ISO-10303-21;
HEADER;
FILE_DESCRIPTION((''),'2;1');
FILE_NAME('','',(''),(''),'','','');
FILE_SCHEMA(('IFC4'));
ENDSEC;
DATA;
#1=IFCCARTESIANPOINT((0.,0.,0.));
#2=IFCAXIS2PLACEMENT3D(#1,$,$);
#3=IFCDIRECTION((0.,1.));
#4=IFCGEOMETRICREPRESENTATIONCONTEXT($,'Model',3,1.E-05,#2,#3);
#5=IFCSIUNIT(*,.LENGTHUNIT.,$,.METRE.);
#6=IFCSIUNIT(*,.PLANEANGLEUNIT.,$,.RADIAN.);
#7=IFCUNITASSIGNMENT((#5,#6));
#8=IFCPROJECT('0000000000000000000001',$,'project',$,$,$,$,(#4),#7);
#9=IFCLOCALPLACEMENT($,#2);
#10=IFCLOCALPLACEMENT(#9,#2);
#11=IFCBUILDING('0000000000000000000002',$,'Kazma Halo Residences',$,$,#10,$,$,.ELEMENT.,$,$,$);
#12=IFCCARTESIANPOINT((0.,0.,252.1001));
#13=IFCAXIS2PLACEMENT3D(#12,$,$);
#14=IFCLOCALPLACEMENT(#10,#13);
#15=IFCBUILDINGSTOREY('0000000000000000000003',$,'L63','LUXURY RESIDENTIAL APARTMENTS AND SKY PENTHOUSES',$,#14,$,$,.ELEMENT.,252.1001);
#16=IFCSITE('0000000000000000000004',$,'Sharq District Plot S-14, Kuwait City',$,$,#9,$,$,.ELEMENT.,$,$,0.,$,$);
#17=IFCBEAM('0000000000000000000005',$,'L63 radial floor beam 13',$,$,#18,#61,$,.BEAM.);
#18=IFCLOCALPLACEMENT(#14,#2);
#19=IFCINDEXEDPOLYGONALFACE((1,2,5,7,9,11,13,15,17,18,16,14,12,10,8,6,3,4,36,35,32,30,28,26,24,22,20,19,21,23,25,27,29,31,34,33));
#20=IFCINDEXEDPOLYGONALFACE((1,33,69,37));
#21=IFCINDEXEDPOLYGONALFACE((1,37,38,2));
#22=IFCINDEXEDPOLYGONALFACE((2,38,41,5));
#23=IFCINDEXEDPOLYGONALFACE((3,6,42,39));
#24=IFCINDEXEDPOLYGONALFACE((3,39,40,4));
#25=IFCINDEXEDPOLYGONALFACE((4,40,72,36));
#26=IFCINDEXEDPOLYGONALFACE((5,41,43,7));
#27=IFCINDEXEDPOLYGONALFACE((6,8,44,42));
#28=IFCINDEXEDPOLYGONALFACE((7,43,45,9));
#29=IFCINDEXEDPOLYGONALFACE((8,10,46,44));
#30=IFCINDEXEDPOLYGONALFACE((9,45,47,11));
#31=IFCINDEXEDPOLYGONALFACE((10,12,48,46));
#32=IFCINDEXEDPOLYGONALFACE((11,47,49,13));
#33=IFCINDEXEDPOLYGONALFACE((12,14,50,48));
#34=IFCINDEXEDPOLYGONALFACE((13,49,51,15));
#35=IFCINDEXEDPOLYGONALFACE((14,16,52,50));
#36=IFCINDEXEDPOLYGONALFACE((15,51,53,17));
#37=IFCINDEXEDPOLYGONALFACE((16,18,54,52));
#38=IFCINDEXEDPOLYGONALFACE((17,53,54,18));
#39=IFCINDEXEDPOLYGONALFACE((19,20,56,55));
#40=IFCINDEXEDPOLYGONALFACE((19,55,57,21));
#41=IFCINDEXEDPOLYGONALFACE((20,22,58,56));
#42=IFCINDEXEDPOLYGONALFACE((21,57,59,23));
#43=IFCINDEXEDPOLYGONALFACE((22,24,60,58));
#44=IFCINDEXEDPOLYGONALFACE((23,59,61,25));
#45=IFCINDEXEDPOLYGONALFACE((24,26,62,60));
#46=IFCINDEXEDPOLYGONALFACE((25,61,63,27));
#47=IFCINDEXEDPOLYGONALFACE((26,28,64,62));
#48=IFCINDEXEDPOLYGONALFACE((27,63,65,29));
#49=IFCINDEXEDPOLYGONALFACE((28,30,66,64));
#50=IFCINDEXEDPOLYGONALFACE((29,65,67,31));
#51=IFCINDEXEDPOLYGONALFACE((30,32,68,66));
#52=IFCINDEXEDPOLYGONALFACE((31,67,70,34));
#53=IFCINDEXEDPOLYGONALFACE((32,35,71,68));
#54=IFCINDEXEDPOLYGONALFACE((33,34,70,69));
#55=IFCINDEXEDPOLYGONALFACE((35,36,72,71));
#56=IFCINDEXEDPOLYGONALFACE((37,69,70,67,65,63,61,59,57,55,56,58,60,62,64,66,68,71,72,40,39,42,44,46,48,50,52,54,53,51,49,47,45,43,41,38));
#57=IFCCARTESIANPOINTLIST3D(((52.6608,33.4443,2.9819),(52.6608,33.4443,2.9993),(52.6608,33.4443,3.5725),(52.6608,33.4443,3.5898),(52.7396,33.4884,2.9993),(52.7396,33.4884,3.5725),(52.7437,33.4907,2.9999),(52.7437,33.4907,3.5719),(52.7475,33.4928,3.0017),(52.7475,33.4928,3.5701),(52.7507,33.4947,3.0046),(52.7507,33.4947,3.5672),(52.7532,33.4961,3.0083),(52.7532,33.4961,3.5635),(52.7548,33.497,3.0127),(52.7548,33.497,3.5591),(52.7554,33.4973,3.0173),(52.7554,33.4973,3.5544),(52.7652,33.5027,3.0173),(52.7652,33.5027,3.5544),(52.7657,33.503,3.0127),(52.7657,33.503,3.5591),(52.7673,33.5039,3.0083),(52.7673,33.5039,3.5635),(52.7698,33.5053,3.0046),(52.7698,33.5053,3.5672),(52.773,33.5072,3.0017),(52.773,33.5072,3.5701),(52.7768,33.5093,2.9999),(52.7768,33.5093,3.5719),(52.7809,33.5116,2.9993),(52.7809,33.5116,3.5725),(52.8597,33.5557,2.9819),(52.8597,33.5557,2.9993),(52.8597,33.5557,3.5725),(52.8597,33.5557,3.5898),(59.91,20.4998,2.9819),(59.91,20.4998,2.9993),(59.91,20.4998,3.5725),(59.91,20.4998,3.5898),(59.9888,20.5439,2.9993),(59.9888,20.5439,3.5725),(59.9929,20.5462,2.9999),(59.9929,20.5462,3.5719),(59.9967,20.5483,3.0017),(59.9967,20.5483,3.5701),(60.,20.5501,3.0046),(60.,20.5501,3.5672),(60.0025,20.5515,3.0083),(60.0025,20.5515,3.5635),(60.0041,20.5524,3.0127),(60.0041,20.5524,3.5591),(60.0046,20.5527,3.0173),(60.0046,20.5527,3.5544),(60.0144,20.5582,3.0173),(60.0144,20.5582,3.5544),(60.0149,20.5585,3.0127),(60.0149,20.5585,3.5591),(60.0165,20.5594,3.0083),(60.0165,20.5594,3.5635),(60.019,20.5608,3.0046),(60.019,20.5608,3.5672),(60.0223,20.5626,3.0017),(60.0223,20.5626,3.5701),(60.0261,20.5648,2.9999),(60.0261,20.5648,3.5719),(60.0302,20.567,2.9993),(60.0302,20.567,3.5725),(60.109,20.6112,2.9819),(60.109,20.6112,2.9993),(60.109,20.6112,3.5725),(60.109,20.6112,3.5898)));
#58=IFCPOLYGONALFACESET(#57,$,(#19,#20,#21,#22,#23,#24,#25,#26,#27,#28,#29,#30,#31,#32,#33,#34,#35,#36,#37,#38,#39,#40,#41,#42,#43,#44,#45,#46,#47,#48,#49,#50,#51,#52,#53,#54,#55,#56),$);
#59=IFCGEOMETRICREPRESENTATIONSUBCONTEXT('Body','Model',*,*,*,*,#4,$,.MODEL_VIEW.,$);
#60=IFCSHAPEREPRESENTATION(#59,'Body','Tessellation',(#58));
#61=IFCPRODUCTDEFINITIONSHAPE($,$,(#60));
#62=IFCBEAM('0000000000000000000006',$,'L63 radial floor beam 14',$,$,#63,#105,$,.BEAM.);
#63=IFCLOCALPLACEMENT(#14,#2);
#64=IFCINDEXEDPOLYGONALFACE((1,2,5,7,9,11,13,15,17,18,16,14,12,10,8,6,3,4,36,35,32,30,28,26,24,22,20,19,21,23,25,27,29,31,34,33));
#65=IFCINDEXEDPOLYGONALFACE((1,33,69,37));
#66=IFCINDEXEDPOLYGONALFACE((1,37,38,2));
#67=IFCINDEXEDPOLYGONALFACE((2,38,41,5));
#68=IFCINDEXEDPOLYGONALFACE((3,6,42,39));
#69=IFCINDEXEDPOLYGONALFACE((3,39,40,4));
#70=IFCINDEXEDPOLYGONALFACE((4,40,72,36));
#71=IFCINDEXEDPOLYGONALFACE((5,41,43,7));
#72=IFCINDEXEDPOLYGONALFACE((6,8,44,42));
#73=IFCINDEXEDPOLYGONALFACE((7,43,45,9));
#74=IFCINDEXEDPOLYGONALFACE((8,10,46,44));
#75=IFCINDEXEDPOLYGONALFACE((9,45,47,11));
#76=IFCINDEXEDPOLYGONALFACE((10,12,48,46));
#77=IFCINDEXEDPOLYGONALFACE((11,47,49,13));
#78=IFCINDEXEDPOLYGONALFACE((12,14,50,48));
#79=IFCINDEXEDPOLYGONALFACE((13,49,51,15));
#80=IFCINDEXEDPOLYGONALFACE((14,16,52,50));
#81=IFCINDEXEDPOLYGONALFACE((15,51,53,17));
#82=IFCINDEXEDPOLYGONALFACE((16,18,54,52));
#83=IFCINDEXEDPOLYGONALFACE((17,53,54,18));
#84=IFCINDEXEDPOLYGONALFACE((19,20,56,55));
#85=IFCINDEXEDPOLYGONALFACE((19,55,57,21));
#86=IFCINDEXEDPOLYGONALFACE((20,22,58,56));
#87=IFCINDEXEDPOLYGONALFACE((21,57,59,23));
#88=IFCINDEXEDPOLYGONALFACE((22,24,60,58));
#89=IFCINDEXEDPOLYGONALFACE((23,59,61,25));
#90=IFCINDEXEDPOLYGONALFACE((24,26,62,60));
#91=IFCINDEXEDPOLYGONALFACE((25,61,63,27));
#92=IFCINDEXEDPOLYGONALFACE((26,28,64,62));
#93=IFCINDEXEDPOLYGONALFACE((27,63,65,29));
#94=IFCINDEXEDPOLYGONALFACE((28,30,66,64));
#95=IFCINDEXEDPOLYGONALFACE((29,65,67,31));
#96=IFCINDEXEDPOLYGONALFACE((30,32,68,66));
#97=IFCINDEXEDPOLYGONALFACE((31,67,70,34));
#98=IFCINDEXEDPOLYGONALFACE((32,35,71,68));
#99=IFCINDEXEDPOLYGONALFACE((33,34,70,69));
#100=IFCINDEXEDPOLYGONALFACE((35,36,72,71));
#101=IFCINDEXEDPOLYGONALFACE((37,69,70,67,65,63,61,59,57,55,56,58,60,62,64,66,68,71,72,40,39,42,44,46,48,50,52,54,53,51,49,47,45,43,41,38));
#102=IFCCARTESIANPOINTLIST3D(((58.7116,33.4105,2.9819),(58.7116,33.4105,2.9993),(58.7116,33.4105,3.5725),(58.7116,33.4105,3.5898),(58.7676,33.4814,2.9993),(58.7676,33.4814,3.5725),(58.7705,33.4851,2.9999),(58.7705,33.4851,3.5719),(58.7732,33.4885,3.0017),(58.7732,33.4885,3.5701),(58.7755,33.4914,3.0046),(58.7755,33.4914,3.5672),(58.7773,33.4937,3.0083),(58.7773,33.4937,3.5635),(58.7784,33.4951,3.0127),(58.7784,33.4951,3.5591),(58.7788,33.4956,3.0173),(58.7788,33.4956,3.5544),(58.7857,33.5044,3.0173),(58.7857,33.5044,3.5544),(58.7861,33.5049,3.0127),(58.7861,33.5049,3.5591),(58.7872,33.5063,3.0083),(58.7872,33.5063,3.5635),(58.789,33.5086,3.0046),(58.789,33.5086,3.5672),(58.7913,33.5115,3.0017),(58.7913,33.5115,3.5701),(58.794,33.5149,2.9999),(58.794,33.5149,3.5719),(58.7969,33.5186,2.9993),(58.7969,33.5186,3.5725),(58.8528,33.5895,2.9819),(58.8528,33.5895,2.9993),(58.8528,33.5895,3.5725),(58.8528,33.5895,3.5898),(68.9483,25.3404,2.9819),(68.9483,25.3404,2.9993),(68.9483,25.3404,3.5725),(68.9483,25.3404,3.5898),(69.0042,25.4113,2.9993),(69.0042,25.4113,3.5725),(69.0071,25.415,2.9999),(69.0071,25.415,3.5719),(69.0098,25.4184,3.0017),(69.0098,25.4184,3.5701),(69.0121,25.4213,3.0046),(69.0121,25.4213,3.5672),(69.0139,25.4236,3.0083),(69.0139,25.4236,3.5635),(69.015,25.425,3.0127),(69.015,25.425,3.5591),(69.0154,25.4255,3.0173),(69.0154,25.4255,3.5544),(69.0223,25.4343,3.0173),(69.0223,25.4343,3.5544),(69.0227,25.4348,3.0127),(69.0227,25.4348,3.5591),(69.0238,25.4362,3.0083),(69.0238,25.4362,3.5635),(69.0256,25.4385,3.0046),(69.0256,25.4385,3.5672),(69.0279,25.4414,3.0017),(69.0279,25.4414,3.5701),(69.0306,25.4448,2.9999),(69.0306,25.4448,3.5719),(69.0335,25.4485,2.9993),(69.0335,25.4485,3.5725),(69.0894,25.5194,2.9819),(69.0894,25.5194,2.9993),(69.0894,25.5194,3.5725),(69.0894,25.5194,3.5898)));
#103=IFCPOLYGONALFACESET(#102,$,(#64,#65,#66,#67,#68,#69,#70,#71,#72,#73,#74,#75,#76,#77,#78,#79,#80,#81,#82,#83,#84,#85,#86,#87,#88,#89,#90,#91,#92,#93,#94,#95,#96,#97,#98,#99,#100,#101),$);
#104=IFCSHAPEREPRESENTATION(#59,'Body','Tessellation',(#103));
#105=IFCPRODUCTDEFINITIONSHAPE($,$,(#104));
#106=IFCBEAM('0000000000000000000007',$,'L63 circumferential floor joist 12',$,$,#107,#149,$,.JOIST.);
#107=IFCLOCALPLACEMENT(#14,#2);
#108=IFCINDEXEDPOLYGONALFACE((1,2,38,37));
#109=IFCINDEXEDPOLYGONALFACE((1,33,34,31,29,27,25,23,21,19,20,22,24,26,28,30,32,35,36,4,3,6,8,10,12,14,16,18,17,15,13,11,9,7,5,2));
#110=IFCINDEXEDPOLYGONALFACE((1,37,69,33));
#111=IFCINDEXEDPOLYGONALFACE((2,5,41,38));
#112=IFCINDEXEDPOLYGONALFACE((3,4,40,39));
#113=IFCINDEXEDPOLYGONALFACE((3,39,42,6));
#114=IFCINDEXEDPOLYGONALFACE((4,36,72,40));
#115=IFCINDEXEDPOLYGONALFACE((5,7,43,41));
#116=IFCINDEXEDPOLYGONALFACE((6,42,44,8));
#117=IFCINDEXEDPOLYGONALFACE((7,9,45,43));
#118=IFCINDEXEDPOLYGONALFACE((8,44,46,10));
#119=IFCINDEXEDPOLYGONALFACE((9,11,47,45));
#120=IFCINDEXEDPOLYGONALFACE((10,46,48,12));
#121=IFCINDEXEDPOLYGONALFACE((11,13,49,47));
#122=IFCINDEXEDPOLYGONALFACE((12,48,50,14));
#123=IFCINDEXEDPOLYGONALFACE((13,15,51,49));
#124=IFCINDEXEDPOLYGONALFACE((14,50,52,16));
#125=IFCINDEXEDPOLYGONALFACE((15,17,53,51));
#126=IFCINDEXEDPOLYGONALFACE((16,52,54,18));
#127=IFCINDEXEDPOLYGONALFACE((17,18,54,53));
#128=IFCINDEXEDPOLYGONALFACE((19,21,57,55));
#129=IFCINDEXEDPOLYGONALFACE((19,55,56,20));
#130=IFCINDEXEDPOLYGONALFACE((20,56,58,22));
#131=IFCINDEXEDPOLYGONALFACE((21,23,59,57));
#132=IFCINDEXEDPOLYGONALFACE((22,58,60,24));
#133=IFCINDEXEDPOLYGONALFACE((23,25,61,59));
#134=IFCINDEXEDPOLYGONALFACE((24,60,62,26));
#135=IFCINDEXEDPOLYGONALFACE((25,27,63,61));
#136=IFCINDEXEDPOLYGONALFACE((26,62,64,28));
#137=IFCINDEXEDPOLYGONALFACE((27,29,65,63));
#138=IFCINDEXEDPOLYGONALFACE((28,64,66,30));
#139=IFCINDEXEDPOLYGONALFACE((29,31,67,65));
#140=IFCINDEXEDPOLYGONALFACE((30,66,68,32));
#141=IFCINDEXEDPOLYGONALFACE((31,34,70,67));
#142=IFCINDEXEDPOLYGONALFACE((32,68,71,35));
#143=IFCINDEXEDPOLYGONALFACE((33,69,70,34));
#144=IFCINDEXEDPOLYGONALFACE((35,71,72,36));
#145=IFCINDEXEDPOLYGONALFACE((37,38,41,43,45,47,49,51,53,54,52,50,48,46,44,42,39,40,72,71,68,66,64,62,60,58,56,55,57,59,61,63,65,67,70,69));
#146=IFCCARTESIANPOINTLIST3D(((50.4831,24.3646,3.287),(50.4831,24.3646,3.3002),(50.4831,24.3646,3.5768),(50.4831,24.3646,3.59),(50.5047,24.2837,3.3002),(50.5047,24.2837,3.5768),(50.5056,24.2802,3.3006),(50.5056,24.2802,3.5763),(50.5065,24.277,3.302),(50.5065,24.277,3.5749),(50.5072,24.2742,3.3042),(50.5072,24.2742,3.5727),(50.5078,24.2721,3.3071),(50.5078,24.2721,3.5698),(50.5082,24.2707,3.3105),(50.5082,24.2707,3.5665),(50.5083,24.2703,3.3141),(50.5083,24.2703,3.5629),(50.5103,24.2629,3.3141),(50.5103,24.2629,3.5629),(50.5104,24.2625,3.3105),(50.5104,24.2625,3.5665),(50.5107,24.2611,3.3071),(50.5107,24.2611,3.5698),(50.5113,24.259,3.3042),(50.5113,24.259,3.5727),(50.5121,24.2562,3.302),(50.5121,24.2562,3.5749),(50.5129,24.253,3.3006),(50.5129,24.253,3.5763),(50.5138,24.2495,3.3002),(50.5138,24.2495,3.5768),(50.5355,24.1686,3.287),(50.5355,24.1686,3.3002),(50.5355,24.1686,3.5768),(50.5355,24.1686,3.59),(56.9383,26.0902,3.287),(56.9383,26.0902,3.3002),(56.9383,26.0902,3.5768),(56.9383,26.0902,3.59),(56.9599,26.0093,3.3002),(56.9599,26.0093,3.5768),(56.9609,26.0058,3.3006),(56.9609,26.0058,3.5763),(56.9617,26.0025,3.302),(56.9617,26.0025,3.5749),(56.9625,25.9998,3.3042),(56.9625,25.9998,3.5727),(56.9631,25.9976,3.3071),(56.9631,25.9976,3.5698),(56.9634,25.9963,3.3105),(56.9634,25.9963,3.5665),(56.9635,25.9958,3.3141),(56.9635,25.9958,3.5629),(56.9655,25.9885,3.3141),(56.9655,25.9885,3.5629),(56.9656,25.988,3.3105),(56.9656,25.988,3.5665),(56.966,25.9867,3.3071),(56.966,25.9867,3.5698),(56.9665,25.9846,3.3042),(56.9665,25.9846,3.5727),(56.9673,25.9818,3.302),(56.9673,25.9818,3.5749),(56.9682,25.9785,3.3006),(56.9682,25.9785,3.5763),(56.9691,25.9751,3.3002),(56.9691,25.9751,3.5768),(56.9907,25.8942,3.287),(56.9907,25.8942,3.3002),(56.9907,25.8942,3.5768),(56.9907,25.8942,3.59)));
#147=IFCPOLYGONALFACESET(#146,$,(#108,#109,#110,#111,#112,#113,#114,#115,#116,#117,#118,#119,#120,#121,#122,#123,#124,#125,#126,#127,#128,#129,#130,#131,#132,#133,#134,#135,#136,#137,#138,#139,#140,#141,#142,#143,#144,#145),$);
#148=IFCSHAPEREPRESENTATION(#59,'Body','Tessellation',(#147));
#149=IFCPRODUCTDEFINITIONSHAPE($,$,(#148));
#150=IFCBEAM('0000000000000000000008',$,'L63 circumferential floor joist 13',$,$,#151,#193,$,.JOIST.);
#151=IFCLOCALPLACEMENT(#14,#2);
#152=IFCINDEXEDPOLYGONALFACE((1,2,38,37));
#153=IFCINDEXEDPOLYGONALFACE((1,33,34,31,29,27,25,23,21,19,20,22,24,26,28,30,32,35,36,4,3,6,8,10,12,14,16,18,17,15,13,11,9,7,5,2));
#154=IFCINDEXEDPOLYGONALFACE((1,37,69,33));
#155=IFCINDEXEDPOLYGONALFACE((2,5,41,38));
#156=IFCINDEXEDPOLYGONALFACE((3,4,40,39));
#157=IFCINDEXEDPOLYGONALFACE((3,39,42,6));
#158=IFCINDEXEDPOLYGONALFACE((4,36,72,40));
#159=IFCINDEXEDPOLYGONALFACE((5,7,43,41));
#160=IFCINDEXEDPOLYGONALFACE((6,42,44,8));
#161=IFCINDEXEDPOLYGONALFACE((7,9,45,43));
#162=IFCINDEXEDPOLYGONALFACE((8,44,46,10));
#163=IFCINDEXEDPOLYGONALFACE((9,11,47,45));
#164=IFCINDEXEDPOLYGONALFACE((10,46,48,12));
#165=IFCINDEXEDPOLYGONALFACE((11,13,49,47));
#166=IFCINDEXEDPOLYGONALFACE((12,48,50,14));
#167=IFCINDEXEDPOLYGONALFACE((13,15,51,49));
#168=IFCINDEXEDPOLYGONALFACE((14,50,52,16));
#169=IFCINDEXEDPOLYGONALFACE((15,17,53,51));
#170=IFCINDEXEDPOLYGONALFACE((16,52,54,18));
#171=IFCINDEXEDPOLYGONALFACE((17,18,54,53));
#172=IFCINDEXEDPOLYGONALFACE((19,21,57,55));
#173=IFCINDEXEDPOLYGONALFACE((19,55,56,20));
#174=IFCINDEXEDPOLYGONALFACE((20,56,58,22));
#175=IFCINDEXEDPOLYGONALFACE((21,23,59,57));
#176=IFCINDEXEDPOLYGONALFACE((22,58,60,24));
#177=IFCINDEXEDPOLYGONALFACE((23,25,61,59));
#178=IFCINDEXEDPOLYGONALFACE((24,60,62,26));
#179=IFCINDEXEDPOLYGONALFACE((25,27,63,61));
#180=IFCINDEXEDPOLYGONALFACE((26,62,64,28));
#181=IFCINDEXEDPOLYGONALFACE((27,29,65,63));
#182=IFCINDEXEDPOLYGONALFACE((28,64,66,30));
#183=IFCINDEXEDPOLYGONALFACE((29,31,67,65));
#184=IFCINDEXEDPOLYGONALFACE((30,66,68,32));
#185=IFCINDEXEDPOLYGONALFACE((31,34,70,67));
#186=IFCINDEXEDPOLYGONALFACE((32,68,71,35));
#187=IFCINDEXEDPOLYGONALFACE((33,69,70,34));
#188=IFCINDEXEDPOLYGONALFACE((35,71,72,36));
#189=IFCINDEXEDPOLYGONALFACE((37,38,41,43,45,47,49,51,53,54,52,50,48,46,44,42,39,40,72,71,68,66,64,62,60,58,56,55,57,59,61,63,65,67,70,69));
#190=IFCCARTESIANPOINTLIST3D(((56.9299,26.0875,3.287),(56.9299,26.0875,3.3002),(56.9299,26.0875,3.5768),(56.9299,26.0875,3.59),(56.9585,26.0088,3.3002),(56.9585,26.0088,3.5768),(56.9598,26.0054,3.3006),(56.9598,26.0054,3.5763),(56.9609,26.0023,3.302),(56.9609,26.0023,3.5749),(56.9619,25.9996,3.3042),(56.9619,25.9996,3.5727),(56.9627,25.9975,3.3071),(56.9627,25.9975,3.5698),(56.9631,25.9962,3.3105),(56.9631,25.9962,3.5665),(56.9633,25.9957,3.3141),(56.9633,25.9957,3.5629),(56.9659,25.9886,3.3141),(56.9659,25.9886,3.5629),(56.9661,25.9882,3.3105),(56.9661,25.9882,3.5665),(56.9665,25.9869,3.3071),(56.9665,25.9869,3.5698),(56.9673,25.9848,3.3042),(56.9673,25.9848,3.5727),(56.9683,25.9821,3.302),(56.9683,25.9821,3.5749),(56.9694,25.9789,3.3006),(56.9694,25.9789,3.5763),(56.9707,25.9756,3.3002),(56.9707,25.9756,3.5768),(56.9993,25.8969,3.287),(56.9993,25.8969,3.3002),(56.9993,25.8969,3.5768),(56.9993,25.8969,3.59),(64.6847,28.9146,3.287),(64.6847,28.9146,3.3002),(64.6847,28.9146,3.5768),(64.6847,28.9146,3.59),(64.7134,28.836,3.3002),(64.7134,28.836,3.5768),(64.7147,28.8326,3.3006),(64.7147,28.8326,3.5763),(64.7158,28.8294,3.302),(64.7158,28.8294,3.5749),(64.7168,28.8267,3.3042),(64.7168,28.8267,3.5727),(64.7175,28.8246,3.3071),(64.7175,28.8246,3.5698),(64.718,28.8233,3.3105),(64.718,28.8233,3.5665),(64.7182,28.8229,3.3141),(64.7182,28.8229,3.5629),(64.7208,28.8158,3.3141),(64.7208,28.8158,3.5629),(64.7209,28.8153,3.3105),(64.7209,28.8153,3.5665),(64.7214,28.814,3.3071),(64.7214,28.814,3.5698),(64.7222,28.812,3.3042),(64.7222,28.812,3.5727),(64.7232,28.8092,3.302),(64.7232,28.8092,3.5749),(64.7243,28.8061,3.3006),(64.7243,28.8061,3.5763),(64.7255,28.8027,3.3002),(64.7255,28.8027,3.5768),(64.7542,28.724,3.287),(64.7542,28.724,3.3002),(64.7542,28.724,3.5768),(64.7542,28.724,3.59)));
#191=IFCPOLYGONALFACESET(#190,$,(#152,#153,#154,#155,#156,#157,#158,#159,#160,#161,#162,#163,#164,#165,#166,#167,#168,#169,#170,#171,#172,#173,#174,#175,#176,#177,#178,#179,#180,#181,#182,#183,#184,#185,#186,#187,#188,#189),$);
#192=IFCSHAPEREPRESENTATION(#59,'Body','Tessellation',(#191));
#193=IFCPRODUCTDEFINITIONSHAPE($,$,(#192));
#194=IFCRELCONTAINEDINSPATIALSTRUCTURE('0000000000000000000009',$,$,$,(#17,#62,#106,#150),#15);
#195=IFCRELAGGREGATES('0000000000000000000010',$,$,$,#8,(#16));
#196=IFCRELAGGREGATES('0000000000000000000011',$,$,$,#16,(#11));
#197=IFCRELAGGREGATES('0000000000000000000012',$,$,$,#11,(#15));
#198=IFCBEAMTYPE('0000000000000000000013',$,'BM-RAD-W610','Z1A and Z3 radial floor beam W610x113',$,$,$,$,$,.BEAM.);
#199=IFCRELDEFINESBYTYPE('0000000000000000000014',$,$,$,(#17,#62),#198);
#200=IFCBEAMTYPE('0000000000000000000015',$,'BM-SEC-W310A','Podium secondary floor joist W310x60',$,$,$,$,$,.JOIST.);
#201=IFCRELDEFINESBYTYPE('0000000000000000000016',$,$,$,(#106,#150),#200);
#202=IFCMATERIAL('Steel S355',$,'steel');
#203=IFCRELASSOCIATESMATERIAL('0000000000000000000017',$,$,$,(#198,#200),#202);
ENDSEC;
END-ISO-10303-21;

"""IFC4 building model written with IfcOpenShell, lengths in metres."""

from ifc_helpers import new_model, si_unit, direction, frame, origin, origin_2d, place, context, subcontext, project, spatial, i_section, extrude, material, material_profile, profile_set, type_object, element, save


model = new_model("IFC4")

# Units and contexts
model_context = context("Model", 3, precision=1e-05, world=origin(), true_north=direction((0.0, 1.0)))
body_context = subcontext(model_context, "Body", "Model", "MODEL_VIEW")
ifc_project = project(units=[si_unit("LENGTHUNIT", "METRE"), si_unit("PLANEANGLEUNIT", "RADIAN")], contexts=[model_context])

# Site, building, storey
site_placement = place(None, origin())
site = spatial("IfcSite", under=ifc_project, at=site_placement, Name="Sharq District Plot S-14, Kuwait City", CompositionType="ELEMENT", RefElevation=0.0)
building_placement = place(site_placement, origin())
building = spatial("IfcBuilding", under=site, at=building_placement, Name="Kazma Halo Residences", CompositionType="ELEMENT")
storey_placement = place(building_placement, frame((0.0, 0.0, 252.1001)))
storey = spatial("IfcBuildingStorey", under=building, at=storey_placement, Name="L63", Description="LUXURY RESIDENTIAL APARTMENTS AND SKY PENTHOUSES", CompositionType="ELEMENT", Elevation=252.1001)

# Beams
ifc_material_1 = material(Name="Steel S355", Category="steel")
ifc_material_profile_1 = material_profile(ifc_material_1, i_section(OverallWidth=0.228, OverallDepth=0.6079, WebThickness=0.0112, FlangeThickness=0.0173, FilletRadius=0.0181, at=origin_2d()), Name="W610x113")
ifc_profile_set_1 = profile_set([ifc_material_profile_1], Name="Steel S355")
beam_type_1 = type_object("IfcBeamType", Name="BM-RAD-W610", Description="Z1A and Z3 radial floor beam W610x113", PredefinedType="BEAM", material=ifc_profile_set_1)
beam_1_placement = place(storey_placement, frame((52.7603, 33.5, 3.2859), z_axis=(0.488619, -0.872497, 0.0), x_axis=(0.872497, 0.488619, 0.0)))
element("IfcBeam", 1, at=beam_1_placement, inside=storey, type_object=beam_type_1, Name="L63 radial floor beam 13", PredefinedType="BEAM", context=body_context, shape_type="SweptSolid", body=[
    extrude(i_section(OverallWidth=0.228, OverallDepth=0.6079, WebThickness=0.0112, FlangeThickness=0.0173, FilletRadius=0.0181, at=origin_2d()), origin(), (0.0, 0.0, 1.0), 14.8362),
])
beam_2_placement = place(storey_placement, frame((58.7822, 33.5, 3.2859), z_axis=(0.785309, -0.619104, 0.0), x_axis=(0.619104, 0.785309, 0.0)))
element("IfcBeam", 2, at=beam_2_placement, inside=storey, type_object=beam_type_1, Name="L63 radial floor beam 14", PredefinedType="BEAM", context=body_context, shape_type="SweptSolid", body=[
    extrude(i_section(OverallWidth=0.228, OverallDepth=0.6079, WebThickness=0.0112, FlangeThickness=0.0173, FilletRadius=0.0181, at=origin_2d()), origin(), (0.0, 0.0, 1.0), 13.0352),
])
ifc_material_profile_2 = material_profile(ifc_material_1, i_section(OverallWidth=0.2029, OverallDepth=0.303, WebThickness=0.0076, FlangeThickness=0.0132, FilletRadius=0.0139, at=origin_2d()), Name="W310x60")
ifc_profile_set_2 = profile_set([ifc_material_profile_2], Name="Steel S355")
beam_type_2 = type_object("IfcBeamType", Name="BM-SEC-W310A", Description="Podium secondary floor joist W310x60", PredefinedType="JOIST", material=ifc_profile_set_2)
beam_3_placement = place(storey_placement, frame((50.5093, 24.2666, 3.4385), z_axis=(0.96608, 0.258245, 0.0), x_axis=(-0.258245, 0.96608, 0.0)))
element("IfcBeam", 3, at=beam_3_placement, inside=storey, type_object=beam_type_2, Name="L63 circumferential floor joist 12", PredefinedType="JOIST", context=body_context, shape_type="SweptSolid", body=[
    extrude(i_section(OverallWidth=0.2029, OverallDepth=0.303, WebThickness=0.0076, FlangeThickness=0.0132, FilletRadius=0.0139, at=origin_2d()), origin(), (0.0, 0.0, 1.0), 6.6819),
])
beam_4_placement = place(storey_placement, frame((56.9646, 25.9922, 3.4385), z_axis=(0.939513, 0.342512, 0.0), x_axis=(-0.342512, 0.939513, 0.0)))
element("IfcBeam", 4, at=beam_4_placement, inside=storey, type_object=beam_type_2, Name="L63 circumferential floor joist 13", PredefinedType="JOIST", context=body_context, shape_type="SweptSolid", body=[
    extrude(i_section(OverallWidth=0.2029, OverallDepth=0.303, WebThickness=0.0076, FlangeThickness=0.0132, FilletRadius=0.0139, at=origin_2d()), origin(), (0.0, 0.0, 1.0), 8.2542),
])

save(model, "model.ifc")
